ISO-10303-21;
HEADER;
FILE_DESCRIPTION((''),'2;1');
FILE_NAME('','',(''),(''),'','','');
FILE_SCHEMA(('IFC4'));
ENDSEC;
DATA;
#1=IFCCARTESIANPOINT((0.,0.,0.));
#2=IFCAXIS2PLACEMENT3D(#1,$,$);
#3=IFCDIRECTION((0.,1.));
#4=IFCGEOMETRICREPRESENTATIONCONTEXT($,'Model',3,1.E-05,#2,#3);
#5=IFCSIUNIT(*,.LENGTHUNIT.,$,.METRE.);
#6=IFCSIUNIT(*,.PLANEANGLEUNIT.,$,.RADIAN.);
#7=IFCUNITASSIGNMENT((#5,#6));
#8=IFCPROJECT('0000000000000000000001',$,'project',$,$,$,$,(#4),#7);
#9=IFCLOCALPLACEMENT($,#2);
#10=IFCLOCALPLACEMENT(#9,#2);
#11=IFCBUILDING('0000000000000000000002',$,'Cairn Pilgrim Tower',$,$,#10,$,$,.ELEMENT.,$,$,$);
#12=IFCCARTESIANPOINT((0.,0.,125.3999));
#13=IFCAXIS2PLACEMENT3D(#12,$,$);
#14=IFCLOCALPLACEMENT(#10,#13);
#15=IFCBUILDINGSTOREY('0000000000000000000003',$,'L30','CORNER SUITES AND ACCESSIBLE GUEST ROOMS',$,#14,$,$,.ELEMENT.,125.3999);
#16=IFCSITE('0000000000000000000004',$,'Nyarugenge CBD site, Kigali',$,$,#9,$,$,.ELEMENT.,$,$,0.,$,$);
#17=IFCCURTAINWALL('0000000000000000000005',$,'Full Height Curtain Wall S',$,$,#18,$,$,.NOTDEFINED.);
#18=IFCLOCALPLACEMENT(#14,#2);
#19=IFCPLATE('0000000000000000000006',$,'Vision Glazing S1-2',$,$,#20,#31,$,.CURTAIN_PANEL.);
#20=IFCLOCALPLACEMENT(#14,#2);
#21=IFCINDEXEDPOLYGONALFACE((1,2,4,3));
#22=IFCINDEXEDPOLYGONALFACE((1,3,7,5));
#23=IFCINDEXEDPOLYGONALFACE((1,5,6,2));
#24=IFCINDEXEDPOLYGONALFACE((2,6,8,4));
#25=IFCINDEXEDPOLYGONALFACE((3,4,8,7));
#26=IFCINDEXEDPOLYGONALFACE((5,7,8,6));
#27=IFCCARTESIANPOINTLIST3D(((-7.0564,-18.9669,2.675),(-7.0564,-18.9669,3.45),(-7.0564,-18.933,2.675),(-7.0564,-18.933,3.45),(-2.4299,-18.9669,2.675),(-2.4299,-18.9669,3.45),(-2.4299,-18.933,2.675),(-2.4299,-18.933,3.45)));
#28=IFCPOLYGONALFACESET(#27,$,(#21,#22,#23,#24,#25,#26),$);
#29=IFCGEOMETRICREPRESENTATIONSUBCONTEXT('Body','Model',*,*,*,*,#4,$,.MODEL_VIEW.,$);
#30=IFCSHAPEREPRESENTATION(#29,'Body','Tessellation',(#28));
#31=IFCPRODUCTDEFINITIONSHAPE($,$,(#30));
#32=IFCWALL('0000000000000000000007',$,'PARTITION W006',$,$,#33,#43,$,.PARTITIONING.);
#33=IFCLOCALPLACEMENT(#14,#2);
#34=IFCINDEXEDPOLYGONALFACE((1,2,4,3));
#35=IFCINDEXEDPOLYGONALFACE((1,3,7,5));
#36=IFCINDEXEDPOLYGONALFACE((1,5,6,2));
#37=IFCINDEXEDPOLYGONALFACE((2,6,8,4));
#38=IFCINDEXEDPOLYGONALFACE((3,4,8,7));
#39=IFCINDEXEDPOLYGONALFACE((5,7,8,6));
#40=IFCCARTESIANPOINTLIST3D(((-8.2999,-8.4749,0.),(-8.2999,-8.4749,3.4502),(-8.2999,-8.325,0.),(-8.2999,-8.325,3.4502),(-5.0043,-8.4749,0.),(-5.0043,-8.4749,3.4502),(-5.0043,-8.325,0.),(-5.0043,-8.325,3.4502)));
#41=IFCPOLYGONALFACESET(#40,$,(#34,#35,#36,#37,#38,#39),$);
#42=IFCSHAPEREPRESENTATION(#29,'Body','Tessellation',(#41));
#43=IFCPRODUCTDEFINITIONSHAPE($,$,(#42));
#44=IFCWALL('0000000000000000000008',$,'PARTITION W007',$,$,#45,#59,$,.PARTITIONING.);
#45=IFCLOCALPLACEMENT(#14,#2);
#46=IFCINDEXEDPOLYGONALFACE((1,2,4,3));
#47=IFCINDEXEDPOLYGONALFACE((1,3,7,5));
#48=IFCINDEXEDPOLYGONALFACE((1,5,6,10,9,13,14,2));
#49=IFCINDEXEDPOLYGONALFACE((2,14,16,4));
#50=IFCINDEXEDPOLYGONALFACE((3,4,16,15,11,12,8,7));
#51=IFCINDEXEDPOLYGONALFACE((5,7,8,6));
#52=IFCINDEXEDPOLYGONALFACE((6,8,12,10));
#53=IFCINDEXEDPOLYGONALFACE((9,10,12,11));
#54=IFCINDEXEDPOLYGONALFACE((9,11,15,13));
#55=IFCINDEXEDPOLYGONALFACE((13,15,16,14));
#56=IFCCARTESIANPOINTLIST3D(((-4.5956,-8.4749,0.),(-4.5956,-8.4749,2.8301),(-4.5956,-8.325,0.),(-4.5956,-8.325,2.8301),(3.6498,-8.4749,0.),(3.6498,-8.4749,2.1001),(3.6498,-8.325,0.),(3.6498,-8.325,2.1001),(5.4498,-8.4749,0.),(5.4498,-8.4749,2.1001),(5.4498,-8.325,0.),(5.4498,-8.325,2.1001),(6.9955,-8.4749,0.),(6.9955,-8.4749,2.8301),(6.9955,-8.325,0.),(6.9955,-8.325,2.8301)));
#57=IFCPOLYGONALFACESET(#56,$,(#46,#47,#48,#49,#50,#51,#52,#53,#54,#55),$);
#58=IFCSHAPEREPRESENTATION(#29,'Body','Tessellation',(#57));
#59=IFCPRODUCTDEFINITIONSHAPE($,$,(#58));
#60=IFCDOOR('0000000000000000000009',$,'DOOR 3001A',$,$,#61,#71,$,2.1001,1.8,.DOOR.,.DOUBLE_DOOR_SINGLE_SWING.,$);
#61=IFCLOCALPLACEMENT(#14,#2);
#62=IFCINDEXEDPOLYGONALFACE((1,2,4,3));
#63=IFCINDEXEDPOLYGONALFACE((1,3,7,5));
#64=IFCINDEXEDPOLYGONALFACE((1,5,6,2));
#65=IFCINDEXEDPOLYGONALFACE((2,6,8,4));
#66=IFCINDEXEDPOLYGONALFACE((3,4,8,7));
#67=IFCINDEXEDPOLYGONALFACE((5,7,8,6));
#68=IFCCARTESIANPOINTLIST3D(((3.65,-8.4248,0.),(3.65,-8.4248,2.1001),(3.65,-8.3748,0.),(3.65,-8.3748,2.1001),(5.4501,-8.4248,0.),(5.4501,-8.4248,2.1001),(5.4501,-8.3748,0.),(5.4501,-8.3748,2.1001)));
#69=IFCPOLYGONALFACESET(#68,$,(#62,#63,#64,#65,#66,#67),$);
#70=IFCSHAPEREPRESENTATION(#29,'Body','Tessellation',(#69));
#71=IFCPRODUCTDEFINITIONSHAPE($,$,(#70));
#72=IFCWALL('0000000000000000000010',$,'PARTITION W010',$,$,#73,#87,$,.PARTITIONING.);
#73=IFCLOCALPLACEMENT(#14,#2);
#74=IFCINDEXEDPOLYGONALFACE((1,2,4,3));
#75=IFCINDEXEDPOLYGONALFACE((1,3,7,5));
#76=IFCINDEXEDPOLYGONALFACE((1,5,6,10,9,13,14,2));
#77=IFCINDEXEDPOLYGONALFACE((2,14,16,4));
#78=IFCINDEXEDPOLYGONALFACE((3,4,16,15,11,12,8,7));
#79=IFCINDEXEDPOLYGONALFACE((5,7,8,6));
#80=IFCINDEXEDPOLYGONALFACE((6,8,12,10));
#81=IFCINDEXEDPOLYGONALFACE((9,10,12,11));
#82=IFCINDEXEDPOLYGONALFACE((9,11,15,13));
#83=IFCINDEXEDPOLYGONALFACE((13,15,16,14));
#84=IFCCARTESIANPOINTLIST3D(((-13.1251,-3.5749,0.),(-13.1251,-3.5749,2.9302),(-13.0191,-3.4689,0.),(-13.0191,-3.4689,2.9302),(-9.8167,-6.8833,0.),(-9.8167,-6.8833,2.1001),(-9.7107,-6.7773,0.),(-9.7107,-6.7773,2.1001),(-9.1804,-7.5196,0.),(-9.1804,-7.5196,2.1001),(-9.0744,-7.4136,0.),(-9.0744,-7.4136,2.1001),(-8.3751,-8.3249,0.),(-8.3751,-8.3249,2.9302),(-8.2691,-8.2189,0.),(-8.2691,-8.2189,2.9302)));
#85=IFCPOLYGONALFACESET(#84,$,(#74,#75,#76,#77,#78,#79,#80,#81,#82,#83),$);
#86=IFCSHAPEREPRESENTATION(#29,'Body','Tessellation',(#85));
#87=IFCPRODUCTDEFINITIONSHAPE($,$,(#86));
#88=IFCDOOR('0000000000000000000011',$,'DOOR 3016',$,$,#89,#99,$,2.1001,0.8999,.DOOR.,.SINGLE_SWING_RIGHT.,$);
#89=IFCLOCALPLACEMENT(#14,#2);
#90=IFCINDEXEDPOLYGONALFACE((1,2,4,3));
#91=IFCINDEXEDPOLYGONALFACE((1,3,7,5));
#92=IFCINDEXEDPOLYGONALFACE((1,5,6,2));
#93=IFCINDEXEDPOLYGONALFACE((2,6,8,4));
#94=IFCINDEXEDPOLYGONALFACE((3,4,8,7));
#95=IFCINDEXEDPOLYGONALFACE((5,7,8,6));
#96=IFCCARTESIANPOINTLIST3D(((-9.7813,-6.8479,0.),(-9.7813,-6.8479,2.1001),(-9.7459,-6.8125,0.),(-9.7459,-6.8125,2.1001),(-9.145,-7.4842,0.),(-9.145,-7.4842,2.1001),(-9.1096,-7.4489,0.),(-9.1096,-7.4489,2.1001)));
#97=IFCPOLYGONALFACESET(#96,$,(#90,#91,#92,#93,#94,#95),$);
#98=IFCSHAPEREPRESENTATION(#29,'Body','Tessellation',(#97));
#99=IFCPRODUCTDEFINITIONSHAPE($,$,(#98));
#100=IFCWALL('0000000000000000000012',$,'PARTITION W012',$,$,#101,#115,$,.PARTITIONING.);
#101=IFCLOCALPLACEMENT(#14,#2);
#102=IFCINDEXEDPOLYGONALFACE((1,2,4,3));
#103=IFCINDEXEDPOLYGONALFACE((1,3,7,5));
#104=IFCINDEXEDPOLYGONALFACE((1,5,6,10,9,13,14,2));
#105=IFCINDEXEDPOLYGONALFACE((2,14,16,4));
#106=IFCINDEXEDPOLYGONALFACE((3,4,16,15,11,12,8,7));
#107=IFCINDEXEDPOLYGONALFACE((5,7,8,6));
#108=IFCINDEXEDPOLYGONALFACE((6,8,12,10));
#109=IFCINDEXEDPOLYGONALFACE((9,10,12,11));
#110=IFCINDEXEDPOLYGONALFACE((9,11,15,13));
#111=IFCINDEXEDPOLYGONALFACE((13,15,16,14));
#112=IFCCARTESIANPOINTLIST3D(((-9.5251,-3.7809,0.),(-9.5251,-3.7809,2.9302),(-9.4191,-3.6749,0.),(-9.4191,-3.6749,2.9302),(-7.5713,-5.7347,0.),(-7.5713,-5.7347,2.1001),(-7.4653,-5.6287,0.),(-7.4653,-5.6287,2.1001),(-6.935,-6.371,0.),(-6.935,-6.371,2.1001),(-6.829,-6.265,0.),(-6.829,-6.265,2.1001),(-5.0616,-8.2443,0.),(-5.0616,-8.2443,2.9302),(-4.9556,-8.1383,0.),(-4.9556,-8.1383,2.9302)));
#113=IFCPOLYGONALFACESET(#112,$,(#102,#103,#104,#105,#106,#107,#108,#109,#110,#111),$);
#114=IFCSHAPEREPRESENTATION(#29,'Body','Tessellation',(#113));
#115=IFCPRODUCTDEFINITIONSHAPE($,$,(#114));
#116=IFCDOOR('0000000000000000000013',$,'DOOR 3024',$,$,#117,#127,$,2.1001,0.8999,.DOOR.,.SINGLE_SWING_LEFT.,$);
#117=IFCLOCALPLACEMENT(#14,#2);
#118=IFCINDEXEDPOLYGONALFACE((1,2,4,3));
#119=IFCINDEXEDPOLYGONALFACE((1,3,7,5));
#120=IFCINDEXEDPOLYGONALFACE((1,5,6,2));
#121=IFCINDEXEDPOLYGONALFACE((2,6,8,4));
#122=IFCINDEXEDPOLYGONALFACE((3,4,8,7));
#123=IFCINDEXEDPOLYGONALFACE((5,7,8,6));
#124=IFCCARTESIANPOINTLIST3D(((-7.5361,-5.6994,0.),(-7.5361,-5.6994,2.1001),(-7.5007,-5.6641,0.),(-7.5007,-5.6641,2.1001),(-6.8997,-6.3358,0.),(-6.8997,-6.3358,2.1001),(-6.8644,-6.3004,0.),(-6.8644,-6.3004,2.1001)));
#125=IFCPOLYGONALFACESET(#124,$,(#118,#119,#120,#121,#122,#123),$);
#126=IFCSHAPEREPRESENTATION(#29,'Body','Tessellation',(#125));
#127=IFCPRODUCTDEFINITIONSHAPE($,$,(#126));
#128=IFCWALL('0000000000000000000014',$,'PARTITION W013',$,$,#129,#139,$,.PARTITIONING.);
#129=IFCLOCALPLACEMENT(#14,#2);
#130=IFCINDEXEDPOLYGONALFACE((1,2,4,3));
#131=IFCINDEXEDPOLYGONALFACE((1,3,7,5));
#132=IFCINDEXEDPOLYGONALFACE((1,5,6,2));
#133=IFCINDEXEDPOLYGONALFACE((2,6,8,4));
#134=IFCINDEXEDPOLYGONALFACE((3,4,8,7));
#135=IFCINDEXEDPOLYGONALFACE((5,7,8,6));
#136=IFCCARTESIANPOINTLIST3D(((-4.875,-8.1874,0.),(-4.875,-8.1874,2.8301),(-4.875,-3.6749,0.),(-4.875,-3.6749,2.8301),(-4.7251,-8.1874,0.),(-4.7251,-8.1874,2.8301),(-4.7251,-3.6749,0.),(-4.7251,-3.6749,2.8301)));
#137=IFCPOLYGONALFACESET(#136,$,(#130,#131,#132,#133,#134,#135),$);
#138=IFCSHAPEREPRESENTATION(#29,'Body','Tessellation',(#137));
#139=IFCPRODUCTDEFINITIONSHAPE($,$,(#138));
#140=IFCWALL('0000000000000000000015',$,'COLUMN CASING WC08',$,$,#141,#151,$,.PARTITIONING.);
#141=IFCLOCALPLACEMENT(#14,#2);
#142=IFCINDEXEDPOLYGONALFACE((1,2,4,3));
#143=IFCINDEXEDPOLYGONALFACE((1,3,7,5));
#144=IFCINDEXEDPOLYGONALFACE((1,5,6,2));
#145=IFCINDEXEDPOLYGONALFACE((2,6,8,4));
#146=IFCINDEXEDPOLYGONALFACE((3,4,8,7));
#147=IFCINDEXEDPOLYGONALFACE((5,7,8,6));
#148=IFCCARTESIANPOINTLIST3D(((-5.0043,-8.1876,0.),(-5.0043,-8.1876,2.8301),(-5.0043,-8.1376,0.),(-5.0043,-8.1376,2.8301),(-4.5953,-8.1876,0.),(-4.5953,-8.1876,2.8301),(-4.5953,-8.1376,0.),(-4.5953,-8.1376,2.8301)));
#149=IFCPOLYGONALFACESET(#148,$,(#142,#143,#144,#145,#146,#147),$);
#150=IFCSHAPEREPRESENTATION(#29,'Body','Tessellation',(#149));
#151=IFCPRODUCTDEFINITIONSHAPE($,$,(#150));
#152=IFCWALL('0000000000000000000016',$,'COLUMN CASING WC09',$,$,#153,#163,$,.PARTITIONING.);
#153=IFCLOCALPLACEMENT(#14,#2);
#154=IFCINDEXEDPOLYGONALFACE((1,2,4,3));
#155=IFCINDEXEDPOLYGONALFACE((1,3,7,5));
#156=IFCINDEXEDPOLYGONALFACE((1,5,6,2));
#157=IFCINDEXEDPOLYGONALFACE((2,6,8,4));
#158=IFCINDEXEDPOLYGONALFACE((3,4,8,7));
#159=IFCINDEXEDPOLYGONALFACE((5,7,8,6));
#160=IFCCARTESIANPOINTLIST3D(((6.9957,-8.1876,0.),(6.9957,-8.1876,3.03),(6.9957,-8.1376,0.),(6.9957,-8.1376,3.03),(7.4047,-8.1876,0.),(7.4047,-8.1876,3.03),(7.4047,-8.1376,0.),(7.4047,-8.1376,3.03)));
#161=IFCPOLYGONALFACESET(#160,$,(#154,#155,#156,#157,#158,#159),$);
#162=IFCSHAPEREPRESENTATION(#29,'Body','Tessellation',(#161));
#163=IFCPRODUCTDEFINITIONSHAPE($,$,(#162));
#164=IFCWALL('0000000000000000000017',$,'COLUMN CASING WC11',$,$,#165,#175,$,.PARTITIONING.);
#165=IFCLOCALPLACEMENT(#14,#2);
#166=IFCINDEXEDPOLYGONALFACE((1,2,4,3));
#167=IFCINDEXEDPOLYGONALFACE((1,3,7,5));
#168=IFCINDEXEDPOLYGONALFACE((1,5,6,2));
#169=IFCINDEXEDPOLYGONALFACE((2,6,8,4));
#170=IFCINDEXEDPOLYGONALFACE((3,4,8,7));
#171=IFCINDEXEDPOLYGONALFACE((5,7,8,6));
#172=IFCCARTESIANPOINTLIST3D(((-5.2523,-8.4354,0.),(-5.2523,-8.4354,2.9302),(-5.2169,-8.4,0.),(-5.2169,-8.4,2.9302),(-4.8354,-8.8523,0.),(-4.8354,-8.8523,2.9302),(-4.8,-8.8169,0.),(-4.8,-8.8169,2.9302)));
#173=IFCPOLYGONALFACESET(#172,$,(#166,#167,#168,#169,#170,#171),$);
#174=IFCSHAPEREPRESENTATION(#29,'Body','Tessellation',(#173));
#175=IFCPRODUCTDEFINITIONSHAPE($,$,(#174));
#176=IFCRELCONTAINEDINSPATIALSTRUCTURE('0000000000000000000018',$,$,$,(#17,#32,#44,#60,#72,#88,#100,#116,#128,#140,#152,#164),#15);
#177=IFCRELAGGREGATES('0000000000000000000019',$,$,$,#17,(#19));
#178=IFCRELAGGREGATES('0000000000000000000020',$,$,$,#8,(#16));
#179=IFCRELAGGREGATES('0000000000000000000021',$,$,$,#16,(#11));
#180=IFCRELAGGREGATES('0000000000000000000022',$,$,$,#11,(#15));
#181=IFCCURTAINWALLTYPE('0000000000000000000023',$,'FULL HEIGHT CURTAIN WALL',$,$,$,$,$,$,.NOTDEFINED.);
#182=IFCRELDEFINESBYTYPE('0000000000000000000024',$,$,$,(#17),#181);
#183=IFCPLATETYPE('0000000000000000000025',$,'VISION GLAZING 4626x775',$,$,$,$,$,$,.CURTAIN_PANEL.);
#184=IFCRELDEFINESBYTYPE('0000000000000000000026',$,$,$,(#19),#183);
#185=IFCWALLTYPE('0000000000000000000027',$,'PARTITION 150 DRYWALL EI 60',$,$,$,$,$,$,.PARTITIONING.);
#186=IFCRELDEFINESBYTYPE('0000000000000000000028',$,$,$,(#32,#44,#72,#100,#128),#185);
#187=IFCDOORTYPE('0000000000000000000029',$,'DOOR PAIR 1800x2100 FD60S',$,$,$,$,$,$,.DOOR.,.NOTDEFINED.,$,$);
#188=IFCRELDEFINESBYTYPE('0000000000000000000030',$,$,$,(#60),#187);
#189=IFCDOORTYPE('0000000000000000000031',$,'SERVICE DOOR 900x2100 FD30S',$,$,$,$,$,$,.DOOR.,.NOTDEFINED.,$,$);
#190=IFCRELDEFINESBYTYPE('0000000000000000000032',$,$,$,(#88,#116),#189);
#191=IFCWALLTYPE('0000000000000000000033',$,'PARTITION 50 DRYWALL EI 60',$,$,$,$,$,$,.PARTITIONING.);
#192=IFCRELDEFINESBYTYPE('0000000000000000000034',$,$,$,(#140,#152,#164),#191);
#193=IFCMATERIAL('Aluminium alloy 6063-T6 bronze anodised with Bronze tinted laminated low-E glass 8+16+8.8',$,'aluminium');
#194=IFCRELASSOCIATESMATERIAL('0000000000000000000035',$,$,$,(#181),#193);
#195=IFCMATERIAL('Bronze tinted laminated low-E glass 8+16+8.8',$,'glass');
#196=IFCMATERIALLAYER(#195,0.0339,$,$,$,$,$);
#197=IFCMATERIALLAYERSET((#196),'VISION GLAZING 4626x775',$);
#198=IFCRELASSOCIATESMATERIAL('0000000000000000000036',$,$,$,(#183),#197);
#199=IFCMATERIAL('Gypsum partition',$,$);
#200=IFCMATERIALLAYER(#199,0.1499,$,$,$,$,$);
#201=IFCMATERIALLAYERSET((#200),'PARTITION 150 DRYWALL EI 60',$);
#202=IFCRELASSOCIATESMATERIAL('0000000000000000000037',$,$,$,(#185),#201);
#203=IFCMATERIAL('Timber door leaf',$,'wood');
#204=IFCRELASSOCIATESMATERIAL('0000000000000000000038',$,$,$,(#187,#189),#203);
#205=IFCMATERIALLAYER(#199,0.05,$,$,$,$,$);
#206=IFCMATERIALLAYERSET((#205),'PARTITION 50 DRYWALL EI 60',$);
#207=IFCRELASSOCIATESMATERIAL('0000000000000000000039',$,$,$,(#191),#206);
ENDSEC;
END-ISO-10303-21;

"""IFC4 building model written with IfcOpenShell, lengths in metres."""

from ifc_helpers import new_model, si_unit, direction, frame, frame_2d, origin, origin_2d, place, context, subcontext, project, spatial, rectangle, extrude, material, layer, layer_set, type_object, element, fill, aggregate, save


model = new_model("IFC4")

# Units and contexts
model_context = context("Model", 3, precision=1e-05, world=origin(), true_north=direction((0.0, 1.0)))
body_context = subcontext(model_context, "Body", "Model", "MODEL_VIEW")
ifc_project = project(units=[si_unit("LENGTHUNIT", "METRE"), si_unit("PLANEANGLEUNIT", "RADIAN")], contexts=[model_context])

# Site, building, storey
site_placement = place(None, origin())
site = spatial("IfcSite", under=ifc_project, at=site_placement, Name="Nyarugenge CBD site, Kigali", CompositionType="ELEMENT", RefElevation=0.0)
building_placement = place(site_placement, origin())
building = spatial("IfcBuilding", under=site, at=building_placement, Name="Cairn Pilgrim Tower", CompositionType="ELEMENT")
storey_placement = place(building_placement, frame((0.0, 0.0, 125.3999)))
storey = spatial("IfcBuildingStorey", under=building, at=storey_placement, Name="L30", Description="CORNER SUITES AND ACCESSIBLE GUEST ROOMS", CompositionType="ELEMENT", Elevation=125.3999)

# Curtain wall
ifc_material_1 = material(Name="Aluminium alloy 6063-T6 bronze anodised with Bronze tinted laminated low-E glass 8+16+8.8", Category="aluminium")
curtain_wall_type = type_object("IfcCurtainWallType", Name="FULL HEIGHT CURTAIN WALL", PredefinedType="NOTDEFINED", material=ifc_material_1)
curtain_wall_1_placement = place(storey_placement, origin())
curtain_wall_1 = element("IfcCurtainWall", 1, at=curtain_wall_1_placement, inside=storey, type_object=curtain_wall_type, Name="Full Height Curtain Wall S", PredefinedType="NOTDEFINED")

# Shared definitions
ifc_material_2 = material(Name="Bronze tinted laminated low-E glass 8+16+8.8", Category="glass")

# Plate
ifc_layer_1 = layer(ifc_material_2, 0.0339)
ifc_layer_set_1 = layer_set([ifc_layer_1], Name="VISION GLAZING 4626x775")
plate_type_1 = type_object("IfcPlateType", Name="VISION GLAZING 4626x775", PredefinedType="CURTAIN_PANEL", material=ifc_layer_set_1)
plate_1_placement = place(storey_placement, frame((-4.7432, -18.95, 2.675), z_axis=(0.0, 0.0, 1.0), x_axis=(1.0, 0.0, 0.0)))
plate_1 = element("IfcPlate", 2, at=plate_1_placement, type_object=plate_type_1, Name="Vision Glazing S1-2", PredefinedType="CURTAIN_PANEL", context=body_context, shape_type="SweptSolid", body=[
    extrude(rectangle(XDim=4.6265, YDim=0.0339, at=origin_2d()), origin(), (0.0, 0.0, 1.0), 0.7749),
])
aggregate(curtain_wall_1, [plate_1])

# Wall
ifc_material_3 = material(Name="Gypsum partition")
ifc_layer_2 = layer(ifc_material_3, 0.1499)
ifc_layer_set_2 = layer_set([ifc_layer_2], Name="PARTITION 150 DRYWALL EI 60")
wall_type_1 = type_object("IfcWallType", Name="PARTITION 150 DRYWALL EI 60", PredefinedType="PARTITIONING", material=ifc_layer_set_2)
wall_1_placement = place(storey_placement, frame((-8.3, -8.3999, 0.0), z_axis=(0.0, 0.0, 1.0), x_axis=(1.0, 0.0, 0.0)))
element("IfcWall", 3, at=wall_1_placement, inside=storey, type_object=wall_type_1, Name="PARTITION W006", PredefinedType="PARTITIONING", context=body_context, shape_type="SweptSolid", body=[
    extrude(rectangle(XDim=3.2957, YDim=0.1499, at=frame_2d((1.6479, 0.0))), origin(), (0.0, 0.0, 1.0), 3.4502),
])

# Walls, openings, doors
wall_2_placement = place(storey_placement, frame((-4.5955, -8.3999, 0.0), z_axis=(0.0, 0.0, 1.0), x_axis=(1.0, 0.0, 0.0)))
wall_2 = element("IfcWall", 4, at=wall_2_placement, inside=storey, type_object=wall_type_1, Name="PARTITION W007", PredefinedType="PARTITIONING", context=body_context, shape_type="SweptSolid", body=[
    extrude(rectangle(XDim=11.5911, YDim=0.1499, at=frame_2d((5.7954, 0.0))), origin(), (0.0, 0.0, 1.0), 2.8301),
])
opening_1_placement = place(wall_2_placement, frame((8.2454, 0.0, 0.0)))
opening_1 = element("IfcOpeningElement", 5, at=opening_1_placement, cuts=wall_2, PredefinedType="OPENING", context=body_context, shape_type="SweptSolid", body=[
    extrude(rectangle(XDim=1.8, YDim=2.1001, at=frame_2d((0.8999, 1.05))), frame((0.0, 0.085, 0.0), z_axis=(0.0, -1.0, 0.0), x_axis=(1.0, 0.0, 0.0)), (0.0, 0.0, 1.0), 0.1699),
])
ifc_material_4 = material(Name="Timber door leaf", Category="wood")
door_type_1 = type_object("IfcDoorType", Name="DOOR PAIR 1800x2100 FD60S", OperationType="NOTDEFINED", PredefinedType="DOOR", material=ifc_material_4)
door_1_placement = place(opening_1_placement, frame((1.8, 0.0, 0.0), z_axis=(0.0, 0.0, 1.0), x_axis=(-1.0, 0.0, 0.0)))
door_1 = element("IfcDoor", 6, at=door_1_placement, inside=storey, type_object=door_type_1, Name="DOOR 3001A", OperationType="DOUBLE_DOOR_SINGLE_SWING", OverallHeight=2.1001, OverallWidth=1.8, PredefinedType="DOOR", context=body_context, shape_type="SweptSolid", body=[
    extrude(rectangle(XDim=1.8, YDim=2.1001, at=frame_2d((0.8999, 1.05))), frame((0.0, 0.0249, 0.0), z_axis=(0.0, -1.0, 0.0), x_axis=(1.0, 0.0, 0.0)), (0.0, 0.0, 1.0), 0.05),
])
fill(opening_1, door_1)
wall_3_placement = place(storey_placement, frame((-8.322, -8.272, 0.0), z_axis=(0.0, 0.0, 1.0), x_axis=(-0.707107, 0.707107, 0.0)))
wall_3 = element("IfcWall", 7, at=wall_3_placement, inside=storey, type_object=wall_type_1, Name="PARTITION W010", PredefinedType="PARTITIONING", context=body_context, shape_type="SweptSolid", body=[
    extrude(rectangle(XDim=6.7175, YDim=0.1499, at=frame_2d((3.3589, 0.0))), origin(), (0.0, 0.0, 1.0), 2.9302),
])
opening_2_placement = place(wall_3_placement, frame((1.1389, 0.0, 0.0)))
opening_2 = element("IfcOpeningElement", 8, at=opening_2_placement, cuts=wall_3, PredefinedType="OPENING", context=body_context, shape_type="SweptSolid", body=[
    extrude(rectangle(XDim=0.8999, YDim=2.1001, at=frame_2d((0.45, 1.05))), frame((0.0, 0.085, 0.0), z_axis=(0.0, -1.0, 0.0), x_axis=(1.0, 0.0, 0.0)), (0.0, 0.0, 1.0), 0.1699),
])
door_type_2 = type_object("IfcDoorType", Name="SERVICE DOOR 900x2100 FD30S", OperationType="NOTDEFINED", PredefinedType="DOOR", material=ifc_material_4)
door_2_placement = place(opening_2_placement, origin())
door_2 = element("IfcDoor", 9, at=door_2_placement, inside=storey, type_object=door_type_2, Name="DOOR 3016", OperationType="SINGLE_SWING_RIGHT", OverallHeight=2.1001, OverallWidth=0.8999, PredefinedType="DOOR", context=body_context, shape_type="SweptSolid", body=[
    extrude(rectangle(XDim=0.8999, YDim=2.1001, at=frame_2d((0.45, 1.05))), frame((0.0, 0.0249, 0.0), z_axis=(0.0, -1.0, 0.0), x_axis=(1.0, 0.0, 0.0)), (0.0, 0.0, 1.0), 0.05),
])
fill(opening_2, door_2)
wall_4_placement = place(storey_placement, frame((-5.0085, -8.1914, 0.0), z_axis=(0.0, 0.0, 1.0), x_axis=(-0.707107, 0.707107, 0.0)))
wall_4 = element("IfcWall", 10, at=wall_4_placement, inside=storey, type_object=wall_type_1, Name="PARTITION W012", PredefinedType="PARTITIONING", context=body_context, shape_type="SweptSolid", body=[
    extrude(rectangle(XDim=6.3123, YDim=0.1499, at=frame_2d((3.1562, 0.0))), origin(), (0.0, 0.0, 1.0), 2.9302),
])
opening_3_placement = place(wall_4_placement, frame((2.6494, 0.0, 0.0)))
opening_3 = element("IfcOpeningElement", 11, at=opening_3_placement, cuts=wall_4, PredefinedType="OPENING", context=body_context, shape_type="SweptSolid", body=[
    extrude(rectangle(XDim=0.8999, YDim=2.1001, at=frame_2d((0.45, 1.05))), frame((0.0, 0.085, 0.0), z_axis=(0.0, -1.0, 0.0), x_axis=(1.0, 0.0, 0.0)), (0.0, 0.0, 1.0), 0.1699),
])
door_3_placement = place(opening_3_placement, frame((0.8999, 0.0, 0.0), z_axis=(0.0, 0.0, 1.0), x_axis=(-1.0, 0.0, 0.0)))
door_3 = element("IfcDoor", 12, at=door_3_placement, inside=storey, type_object=door_type_2, Name="DOOR 3024", OperationType="SINGLE_SWING_LEFT", OverallHeight=2.1001, OverallWidth=0.8999, PredefinedType="DOOR", context=body_context, shape_type="SweptSolid", body=[
    extrude(rectangle(XDim=0.8999, YDim=2.1001, at=frame_2d((0.45, 1.05))), frame((0.0, 0.0249, 0.0), z_axis=(0.0, -1.0, 0.0), x_axis=(1.0, 0.0, 0.0)), (0.0, 0.0, 1.0), 0.05),
])
fill(opening_3, door_3)

# Walls
wall_5_placement = place(storey_placement, frame((-4.8, -8.1875, 0.0), z_axis=(0.0, 0.0, 1.0), x_axis=(0.0, 1.0, 0.0)))
element("IfcWall", 13, at=wall_5_placement, inside=storey, type_object=wall_type_1, Name="PARTITION W013", PredefinedType="PARTITIONING", context=body_context, shape_type="SweptSolid", body=[
    extrude(rectangle(XDim=4.5125, YDim=0.1499, at=frame_2d((2.2563, 0.0))), origin(), (0.0, 0.0, 1.0), 2.8301),
])
ifc_layer_3 = layer(ifc_material_3, 0.05)
ifc_layer_set_3 = layer_set([ifc_layer_3], Name="PARTITION 50 DRYWALL EI 60")
wall_type_2 = type_object("IfcWallType", Name="PARTITION 50 DRYWALL EI 60", PredefinedType="PARTITIONING", material=ifc_layer_set_3)
wall_6_placement = place(storey_placement, frame((-5.0044, -8.1626, 0.0), z_axis=(0.0, 0.0, 1.0), x_axis=(1.0, 0.0, 0.0)))
element("IfcWall", 14, at=wall_6_placement, inside=storey, type_object=wall_type_2, Name="COLUMN CASING WC08", PredefinedType="PARTITIONING", context=body_context, shape_type="SweptSolid", body=[
    extrude(rectangle(XDim=0.4089, YDim=0.05, at=frame_2d((0.2046, 0.0))), origin(), (0.0, 0.0, 1.0), 2.8301),
])
wall_7_placement = place(storey_placement, frame((6.9956, -8.1626, 0.0), z_axis=(0.0, 0.0, 1.0), x_axis=(1.0, 0.0, 0.0)))
element("IfcWall", 15, at=wall_7_placement, inside=storey, type_object=wall_type_2, Name="COLUMN CASING WC09", PredefinedType="PARTITIONING", context=body_context, shape_type="SweptSolid", body=[
    extrude(rectangle(XDim=0.4089, YDim=0.05, at=frame_2d((0.2046, 0.0))), origin(), (0.0, 0.0, 1.0), 3.03),
])
wall_8_placement = place(storey_placement, frame((-4.8176, -8.8347, 0.0), z_axis=(0.0, 0.0, 1.0), x_axis=(-0.707107, 0.707107, 0.0)))
element("IfcWall", 16, at=wall_8_placement, inside=storey, type_object=wall_type_2, Name="COLUMN CASING WC11", PredefinedType="PARTITIONING", context=body_context, shape_type="SweptSolid", body=[
    extrude(rectangle(XDim=0.5896, YDim=0.05, at=frame_2d((0.2949, 0.0))), origin(), (0.0, 0.0, 1.0), 2.9302),
])

save(model, "model.ifc")
